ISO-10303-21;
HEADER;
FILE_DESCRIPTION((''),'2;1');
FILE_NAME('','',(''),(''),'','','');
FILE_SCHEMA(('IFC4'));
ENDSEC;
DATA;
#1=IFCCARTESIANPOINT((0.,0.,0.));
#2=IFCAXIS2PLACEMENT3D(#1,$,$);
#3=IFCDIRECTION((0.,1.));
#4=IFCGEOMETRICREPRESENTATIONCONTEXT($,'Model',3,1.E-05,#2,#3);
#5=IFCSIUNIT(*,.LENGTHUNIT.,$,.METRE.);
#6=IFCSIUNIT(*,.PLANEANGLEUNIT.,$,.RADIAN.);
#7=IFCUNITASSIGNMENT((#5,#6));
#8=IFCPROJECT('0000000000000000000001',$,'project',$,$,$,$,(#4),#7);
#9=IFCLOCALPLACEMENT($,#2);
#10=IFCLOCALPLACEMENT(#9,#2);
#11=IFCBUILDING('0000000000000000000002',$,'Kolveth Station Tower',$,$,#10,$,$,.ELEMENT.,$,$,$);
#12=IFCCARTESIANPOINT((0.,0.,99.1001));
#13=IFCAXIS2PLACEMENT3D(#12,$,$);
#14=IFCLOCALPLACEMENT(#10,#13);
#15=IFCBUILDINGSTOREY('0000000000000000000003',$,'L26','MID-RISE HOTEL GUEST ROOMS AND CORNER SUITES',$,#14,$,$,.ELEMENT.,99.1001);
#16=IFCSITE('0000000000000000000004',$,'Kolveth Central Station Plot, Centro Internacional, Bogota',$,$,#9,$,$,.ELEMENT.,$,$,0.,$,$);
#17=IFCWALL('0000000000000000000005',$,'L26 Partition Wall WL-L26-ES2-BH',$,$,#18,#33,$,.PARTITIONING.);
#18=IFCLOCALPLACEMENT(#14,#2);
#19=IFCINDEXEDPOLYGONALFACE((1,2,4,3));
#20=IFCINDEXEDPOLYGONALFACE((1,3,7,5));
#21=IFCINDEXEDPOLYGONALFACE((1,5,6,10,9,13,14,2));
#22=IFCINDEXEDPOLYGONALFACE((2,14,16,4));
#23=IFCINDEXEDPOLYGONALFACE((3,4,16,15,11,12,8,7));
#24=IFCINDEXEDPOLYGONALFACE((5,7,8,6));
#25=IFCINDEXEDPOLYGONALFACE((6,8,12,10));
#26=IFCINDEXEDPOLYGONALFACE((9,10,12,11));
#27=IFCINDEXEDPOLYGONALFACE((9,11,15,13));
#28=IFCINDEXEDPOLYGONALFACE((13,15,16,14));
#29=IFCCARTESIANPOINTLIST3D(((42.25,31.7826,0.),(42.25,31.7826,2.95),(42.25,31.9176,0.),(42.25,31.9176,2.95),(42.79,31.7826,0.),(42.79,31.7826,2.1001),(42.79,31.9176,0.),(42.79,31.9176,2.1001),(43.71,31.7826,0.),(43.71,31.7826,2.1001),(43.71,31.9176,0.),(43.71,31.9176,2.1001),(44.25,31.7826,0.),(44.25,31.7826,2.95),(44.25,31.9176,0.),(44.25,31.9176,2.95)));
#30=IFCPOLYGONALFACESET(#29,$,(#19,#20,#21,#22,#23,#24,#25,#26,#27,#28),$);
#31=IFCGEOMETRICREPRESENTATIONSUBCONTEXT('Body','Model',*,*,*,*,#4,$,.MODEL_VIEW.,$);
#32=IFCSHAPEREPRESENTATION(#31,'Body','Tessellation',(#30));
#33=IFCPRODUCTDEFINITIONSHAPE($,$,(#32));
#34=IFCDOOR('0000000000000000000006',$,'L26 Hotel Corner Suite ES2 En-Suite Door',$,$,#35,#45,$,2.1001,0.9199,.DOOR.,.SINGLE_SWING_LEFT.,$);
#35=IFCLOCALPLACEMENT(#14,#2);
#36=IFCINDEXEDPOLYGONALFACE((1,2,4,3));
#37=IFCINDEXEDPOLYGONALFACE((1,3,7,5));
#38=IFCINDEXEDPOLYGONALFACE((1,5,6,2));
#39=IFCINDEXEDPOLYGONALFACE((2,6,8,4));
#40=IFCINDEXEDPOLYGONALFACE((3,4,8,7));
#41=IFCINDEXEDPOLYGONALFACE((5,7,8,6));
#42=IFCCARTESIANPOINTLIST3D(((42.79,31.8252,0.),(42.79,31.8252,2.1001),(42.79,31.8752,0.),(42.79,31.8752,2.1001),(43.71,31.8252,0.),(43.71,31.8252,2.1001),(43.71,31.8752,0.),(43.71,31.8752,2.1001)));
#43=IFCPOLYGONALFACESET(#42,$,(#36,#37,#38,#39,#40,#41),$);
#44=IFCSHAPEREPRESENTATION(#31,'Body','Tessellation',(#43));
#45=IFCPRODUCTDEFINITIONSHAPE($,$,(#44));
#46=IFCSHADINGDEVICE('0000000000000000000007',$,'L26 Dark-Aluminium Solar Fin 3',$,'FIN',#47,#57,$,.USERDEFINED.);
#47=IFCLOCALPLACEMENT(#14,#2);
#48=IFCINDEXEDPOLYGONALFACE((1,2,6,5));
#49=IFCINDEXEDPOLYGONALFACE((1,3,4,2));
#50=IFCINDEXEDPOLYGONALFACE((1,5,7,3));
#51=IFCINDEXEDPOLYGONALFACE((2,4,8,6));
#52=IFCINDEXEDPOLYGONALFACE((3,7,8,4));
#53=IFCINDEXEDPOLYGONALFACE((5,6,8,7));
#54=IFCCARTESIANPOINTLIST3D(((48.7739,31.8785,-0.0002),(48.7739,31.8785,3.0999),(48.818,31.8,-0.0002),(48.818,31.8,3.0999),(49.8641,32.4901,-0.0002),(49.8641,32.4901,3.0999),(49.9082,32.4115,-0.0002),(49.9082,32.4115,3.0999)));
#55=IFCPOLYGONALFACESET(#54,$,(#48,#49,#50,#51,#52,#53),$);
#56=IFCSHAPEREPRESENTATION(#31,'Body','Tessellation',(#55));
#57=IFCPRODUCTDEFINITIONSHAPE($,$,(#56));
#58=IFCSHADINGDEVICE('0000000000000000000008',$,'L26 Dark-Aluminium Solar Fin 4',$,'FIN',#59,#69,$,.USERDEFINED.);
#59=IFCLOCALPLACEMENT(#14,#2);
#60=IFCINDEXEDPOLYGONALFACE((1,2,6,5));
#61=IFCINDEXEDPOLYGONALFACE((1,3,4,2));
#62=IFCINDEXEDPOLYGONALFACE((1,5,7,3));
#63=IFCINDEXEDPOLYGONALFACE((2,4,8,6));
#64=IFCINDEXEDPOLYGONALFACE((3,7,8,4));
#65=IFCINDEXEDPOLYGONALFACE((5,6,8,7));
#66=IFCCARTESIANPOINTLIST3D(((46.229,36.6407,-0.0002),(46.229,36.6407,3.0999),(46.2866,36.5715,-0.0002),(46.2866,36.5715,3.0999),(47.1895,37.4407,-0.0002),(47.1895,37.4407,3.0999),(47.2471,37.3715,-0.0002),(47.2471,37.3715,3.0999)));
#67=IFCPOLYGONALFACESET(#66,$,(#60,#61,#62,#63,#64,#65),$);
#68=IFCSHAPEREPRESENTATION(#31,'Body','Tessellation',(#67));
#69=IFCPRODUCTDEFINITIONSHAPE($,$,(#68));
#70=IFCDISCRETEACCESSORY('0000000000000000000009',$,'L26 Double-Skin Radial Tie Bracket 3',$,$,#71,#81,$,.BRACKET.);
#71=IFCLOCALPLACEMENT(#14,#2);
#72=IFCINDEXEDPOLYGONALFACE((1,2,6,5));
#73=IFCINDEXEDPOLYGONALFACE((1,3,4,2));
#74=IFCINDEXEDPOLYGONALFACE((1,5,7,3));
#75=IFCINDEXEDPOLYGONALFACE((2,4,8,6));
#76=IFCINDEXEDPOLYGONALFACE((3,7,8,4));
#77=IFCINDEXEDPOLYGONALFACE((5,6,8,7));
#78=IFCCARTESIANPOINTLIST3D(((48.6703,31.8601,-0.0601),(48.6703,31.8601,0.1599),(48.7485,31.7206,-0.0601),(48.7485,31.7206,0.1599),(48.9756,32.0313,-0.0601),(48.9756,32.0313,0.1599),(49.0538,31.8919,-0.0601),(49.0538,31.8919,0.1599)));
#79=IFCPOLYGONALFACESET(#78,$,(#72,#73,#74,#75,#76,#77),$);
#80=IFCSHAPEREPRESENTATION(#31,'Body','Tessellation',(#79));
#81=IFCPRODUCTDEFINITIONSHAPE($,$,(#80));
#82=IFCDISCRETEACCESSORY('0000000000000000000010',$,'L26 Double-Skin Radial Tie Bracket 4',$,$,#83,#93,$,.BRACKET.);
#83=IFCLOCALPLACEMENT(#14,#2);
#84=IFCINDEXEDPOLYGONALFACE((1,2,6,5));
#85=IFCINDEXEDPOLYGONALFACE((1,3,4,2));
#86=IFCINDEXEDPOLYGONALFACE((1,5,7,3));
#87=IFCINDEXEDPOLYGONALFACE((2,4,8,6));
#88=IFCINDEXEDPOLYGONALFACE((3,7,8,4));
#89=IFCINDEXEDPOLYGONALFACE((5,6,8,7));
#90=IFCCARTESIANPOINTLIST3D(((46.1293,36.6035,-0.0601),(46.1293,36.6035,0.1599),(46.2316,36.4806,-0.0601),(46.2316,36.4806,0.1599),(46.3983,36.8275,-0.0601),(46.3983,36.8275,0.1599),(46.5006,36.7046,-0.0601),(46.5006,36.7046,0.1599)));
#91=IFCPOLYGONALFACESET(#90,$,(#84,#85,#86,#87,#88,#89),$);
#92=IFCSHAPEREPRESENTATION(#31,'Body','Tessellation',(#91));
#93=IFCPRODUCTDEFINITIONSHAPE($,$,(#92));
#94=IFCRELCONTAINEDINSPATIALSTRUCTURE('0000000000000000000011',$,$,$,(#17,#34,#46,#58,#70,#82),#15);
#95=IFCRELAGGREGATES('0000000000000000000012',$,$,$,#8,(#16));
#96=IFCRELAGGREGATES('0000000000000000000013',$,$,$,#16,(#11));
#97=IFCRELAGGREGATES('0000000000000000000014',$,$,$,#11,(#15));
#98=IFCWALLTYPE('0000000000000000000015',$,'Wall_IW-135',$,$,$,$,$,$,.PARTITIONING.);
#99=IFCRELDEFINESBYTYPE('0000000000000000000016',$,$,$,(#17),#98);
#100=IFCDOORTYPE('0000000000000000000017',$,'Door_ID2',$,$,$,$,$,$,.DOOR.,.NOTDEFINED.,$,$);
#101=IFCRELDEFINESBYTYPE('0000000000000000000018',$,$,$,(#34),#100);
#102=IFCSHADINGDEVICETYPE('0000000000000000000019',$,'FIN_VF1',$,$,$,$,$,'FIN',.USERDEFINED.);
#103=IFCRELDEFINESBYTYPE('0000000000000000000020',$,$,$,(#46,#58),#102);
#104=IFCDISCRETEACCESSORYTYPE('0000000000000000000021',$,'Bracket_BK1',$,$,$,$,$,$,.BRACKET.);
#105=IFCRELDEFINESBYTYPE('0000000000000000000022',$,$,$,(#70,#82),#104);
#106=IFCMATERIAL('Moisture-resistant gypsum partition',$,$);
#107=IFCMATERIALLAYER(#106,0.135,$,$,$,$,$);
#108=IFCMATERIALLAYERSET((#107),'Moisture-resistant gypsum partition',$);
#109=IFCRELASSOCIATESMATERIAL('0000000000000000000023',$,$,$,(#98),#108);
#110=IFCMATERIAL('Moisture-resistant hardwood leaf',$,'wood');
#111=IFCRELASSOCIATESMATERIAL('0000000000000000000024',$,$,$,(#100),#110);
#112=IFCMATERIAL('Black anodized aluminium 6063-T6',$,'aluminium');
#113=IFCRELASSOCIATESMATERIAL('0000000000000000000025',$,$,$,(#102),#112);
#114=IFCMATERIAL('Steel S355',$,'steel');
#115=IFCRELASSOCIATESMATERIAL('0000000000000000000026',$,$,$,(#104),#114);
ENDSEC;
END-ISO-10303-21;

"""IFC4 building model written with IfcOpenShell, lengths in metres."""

from ifc_helpers import new_model, si_unit, direction, frame, frame_2d, origin, origin_2d, place, context, subcontext, project, spatial, rectangle, extrude, source, transform, mapped, material, layer, layer_set, type_object, element, fill, save


model = new_model("IFC4")

# Units and contexts
model_context = context("Model", 3, precision=1e-05, world=origin(), true_north=direction((0.0, 1.0)))
body_context = subcontext(model_context, "Body", "Model", "MODEL_VIEW")
ifc_project = project(units=[si_unit("LENGTHUNIT", "METRE"), si_unit("PLANEANGLEUNIT", "RADIAN")], contexts=[model_context])

# Site, building, storey
site_placement = place(None, origin())
site = spatial("IfcSite", under=ifc_project, at=site_placement, Name="Kolveth Central Station Plot, Centro Internacional, Bogota", CompositionType="ELEMENT", RefElevation=0.0)
building_placement = place(site_placement, origin())
building = spatial("IfcBuilding", under=site, at=building_placement, Name="Kolveth Station Tower", CompositionType="ELEMENT")
storey_placement = place(building_placement, frame((0.0, 0.0, 99.1001)))
storey = spatial("IfcBuildingStorey", under=building, at=storey_placement, Name="L26", Description="MID-RISE HOTEL GUEST ROOMS AND CORNER SUITES", CompositionType="ELEMENT", Elevation=99.1001)

# Shared definitions
ifc_material_1 = material(Name="Black anodized aluminium 6063-T6", Category="aluminium")

# Wall, opening, door
ifc_material_2 = material(Name="Moisture-resistant gypsum partition")
ifc_layer_1 = layer(ifc_material_2, 0.135)
ifc_layer_set_1 = layer_set([ifc_layer_1], Name="Moisture-resistant gypsum partition")
wall_type = type_object("IfcWallType", Name="Wall_IW-135", PredefinedType="PARTITIONING", material=ifc_layer_set_1)
wall_placement = place(storey_placement, frame((42.25, 31.8501, 0.0), z_axis=(0.0, 0.0, 1.0), x_axis=(1.0, 0.0, 0.0)))
wall = element("IfcWall", 1, at=wall_placement, inside=storey, type_object=wall_type, Name="L26 Partition Wall WL-L26-ES2-BH", PredefinedType="PARTITIONING", context=body_context, shape_type="SweptSolid", body=[
    extrude(rectangle(XDim=2.0, YDim=0.135, at=frame_2d((1.0, 0.0))), origin(), (0.0, 0.0, 1.0), 2.95),
])
opening_placement = place(wall_placement, frame((0.54, 0.0, 0.0)))
opening = element("IfcOpeningElement", 2, at=opening_placement, cuts=wall, PredefinedType="OPENING", context=body_context, shape_type="SweptSolid", body=[
    extrude(rectangle(XDim=0.9199, YDim=2.1001, at=frame_2d((0.46, 1.05))), frame((0.0, 0.0774, 0.0), z_axis=(0.0, -1.0, 0.0), x_axis=(1.0, 0.0, 0.0)), (0.0, 0.0, 1.0), 0.155),
])
ifc_material_3 = material(Name="Moisture-resistant hardwood leaf", Category="wood")
door_type = type_object("IfcDoorType", Name="Door_ID2", OperationType="NOTDEFINED", PredefinedType="DOOR", material=ifc_material_3)
door_placement = place(opening_placement, frame((0.9199, 0.0, 0.0), z_axis=(0.0, 0.0, 1.0), x_axis=(-1.0, 0.0, 0.0)))
door = element("IfcDoor", 3, at=door_placement, inside=storey, type_object=door_type, Name="L26 Hotel Corner Suite ES2 En-Suite Door", OperationType="SINGLE_SWING_LEFT", OverallHeight=2.1001, OverallWidth=0.9199, PredefinedType="DOOR", context=body_context, shape_type="SweptSolid", body=[
    extrude(rectangle(XDim=0.9199, YDim=2.1001, at=frame_2d((0.46, 1.05))), frame((0.0, 0.0249, 0.0), z_axis=(0.0, -1.0, 0.0), x_axis=(1.0, 0.0, 0.0)), (0.0, 0.0, 1.0), 0.05),
])
fill(opening, door)

# Shading devices
shading_device_type = type_object("IfcShadingDeviceType", Name="FIN_VF1", ElementType="FIN", PredefinedType="USERDEFINED", material=ifc_material_1)
shared_shape_1 = source(origin(), body_context, "Body", "SweptSolid", [
    extrude(rectangle(XDim=1.25, YDim=0.0901, at=origin_2d()), origin(), (0.0, 0.0, 1.0), 3.1001),
])
for number, where, z_axis, x_axis, name in (
    (4, (49.3411, 32.145, -0.0002), (0.0, 0.0, 1.0), (0.872155, 0.48923, 0.0), "L26 Dark-Aluminium Solar Fin 3"),
    (5, (46.738, 37.0061, -0.0002), (0.0, 0.0, 1.0), (0.768395, 0.639976, 0.0), "L26 Dark-Aluminium Solar Fin 4"),
):
    element("IfcShadingDevice", number, at=place(storey_placement, frame(where, z_axis=z_axis, x_axis=x_axis)), inside=storey, type_object=shading_device_type, Name=name, ObjectType="FIN", PredefinedType="USERDEFINED", context=body_context, shape_type="MappedRepresentation", body=[
        mapped(shared_shape_1, transform((0.0, 0.0, 0.0), x_axis=(1.0, 0.0, 0.0), y_axis=(0.0, 1.0, 0.0), z_axis=(0.0, 0.0, 1.0), scale=1.0)),
    ])

# Discrete accessories
ifc_material_4 = material(Name="Steel S355", Category="steel")
discrete_accessory_type = type_object("IfcDiscreteAccessoryType", Name="Bracket_BK1", PredefinedType="BRACKET", material=ifc_material_4)
shared_shape_2 = source(origin(), body_context, "Body", "SweptSolid", [
    extrude(rectangle(XDim=0.3501, YDim=0.1599, at=origin_2d()), origin(), (0.0, 0.0, 1.0), 0.22),
])
for number, where, z_axis, x_axis, name in (
    (6, (48.8621, 31.876, -0.0601), (0.0, 0.0, 1.0), (0.872155, 0.48923, 0.0), "L26 Double-Skin Radial Tie Bracket 3"),
    (7, (46.3149, 36.6541, -0.0601), (0.0, 0.0, 1.0), (0.768395, 0.639976, 0.0), "L26 Double-Skin Radial Tie Bracket 4"),
):
    element("IfcDiscreteAccessory", number, at=place(storey_placement, frame(where, z_axis=z_axis, x_axis=x_axis)), inside=storey, type_object=discrete_accessory_type, Name=name, PredefinedType="BRACKET", context=body_context, shape_type="MappedRepresentation", body=[
        mapped(shared_shape_2, transform((0.0, 0.0, 0.0), x_axis=(1.0, 0.0, 0.0), y_axis=(0.0, 1.0, 0.0), z_axis=(0.0, 0.0, 1.0), scale=1.0)),
    ])

save(model, "model.ifc")
